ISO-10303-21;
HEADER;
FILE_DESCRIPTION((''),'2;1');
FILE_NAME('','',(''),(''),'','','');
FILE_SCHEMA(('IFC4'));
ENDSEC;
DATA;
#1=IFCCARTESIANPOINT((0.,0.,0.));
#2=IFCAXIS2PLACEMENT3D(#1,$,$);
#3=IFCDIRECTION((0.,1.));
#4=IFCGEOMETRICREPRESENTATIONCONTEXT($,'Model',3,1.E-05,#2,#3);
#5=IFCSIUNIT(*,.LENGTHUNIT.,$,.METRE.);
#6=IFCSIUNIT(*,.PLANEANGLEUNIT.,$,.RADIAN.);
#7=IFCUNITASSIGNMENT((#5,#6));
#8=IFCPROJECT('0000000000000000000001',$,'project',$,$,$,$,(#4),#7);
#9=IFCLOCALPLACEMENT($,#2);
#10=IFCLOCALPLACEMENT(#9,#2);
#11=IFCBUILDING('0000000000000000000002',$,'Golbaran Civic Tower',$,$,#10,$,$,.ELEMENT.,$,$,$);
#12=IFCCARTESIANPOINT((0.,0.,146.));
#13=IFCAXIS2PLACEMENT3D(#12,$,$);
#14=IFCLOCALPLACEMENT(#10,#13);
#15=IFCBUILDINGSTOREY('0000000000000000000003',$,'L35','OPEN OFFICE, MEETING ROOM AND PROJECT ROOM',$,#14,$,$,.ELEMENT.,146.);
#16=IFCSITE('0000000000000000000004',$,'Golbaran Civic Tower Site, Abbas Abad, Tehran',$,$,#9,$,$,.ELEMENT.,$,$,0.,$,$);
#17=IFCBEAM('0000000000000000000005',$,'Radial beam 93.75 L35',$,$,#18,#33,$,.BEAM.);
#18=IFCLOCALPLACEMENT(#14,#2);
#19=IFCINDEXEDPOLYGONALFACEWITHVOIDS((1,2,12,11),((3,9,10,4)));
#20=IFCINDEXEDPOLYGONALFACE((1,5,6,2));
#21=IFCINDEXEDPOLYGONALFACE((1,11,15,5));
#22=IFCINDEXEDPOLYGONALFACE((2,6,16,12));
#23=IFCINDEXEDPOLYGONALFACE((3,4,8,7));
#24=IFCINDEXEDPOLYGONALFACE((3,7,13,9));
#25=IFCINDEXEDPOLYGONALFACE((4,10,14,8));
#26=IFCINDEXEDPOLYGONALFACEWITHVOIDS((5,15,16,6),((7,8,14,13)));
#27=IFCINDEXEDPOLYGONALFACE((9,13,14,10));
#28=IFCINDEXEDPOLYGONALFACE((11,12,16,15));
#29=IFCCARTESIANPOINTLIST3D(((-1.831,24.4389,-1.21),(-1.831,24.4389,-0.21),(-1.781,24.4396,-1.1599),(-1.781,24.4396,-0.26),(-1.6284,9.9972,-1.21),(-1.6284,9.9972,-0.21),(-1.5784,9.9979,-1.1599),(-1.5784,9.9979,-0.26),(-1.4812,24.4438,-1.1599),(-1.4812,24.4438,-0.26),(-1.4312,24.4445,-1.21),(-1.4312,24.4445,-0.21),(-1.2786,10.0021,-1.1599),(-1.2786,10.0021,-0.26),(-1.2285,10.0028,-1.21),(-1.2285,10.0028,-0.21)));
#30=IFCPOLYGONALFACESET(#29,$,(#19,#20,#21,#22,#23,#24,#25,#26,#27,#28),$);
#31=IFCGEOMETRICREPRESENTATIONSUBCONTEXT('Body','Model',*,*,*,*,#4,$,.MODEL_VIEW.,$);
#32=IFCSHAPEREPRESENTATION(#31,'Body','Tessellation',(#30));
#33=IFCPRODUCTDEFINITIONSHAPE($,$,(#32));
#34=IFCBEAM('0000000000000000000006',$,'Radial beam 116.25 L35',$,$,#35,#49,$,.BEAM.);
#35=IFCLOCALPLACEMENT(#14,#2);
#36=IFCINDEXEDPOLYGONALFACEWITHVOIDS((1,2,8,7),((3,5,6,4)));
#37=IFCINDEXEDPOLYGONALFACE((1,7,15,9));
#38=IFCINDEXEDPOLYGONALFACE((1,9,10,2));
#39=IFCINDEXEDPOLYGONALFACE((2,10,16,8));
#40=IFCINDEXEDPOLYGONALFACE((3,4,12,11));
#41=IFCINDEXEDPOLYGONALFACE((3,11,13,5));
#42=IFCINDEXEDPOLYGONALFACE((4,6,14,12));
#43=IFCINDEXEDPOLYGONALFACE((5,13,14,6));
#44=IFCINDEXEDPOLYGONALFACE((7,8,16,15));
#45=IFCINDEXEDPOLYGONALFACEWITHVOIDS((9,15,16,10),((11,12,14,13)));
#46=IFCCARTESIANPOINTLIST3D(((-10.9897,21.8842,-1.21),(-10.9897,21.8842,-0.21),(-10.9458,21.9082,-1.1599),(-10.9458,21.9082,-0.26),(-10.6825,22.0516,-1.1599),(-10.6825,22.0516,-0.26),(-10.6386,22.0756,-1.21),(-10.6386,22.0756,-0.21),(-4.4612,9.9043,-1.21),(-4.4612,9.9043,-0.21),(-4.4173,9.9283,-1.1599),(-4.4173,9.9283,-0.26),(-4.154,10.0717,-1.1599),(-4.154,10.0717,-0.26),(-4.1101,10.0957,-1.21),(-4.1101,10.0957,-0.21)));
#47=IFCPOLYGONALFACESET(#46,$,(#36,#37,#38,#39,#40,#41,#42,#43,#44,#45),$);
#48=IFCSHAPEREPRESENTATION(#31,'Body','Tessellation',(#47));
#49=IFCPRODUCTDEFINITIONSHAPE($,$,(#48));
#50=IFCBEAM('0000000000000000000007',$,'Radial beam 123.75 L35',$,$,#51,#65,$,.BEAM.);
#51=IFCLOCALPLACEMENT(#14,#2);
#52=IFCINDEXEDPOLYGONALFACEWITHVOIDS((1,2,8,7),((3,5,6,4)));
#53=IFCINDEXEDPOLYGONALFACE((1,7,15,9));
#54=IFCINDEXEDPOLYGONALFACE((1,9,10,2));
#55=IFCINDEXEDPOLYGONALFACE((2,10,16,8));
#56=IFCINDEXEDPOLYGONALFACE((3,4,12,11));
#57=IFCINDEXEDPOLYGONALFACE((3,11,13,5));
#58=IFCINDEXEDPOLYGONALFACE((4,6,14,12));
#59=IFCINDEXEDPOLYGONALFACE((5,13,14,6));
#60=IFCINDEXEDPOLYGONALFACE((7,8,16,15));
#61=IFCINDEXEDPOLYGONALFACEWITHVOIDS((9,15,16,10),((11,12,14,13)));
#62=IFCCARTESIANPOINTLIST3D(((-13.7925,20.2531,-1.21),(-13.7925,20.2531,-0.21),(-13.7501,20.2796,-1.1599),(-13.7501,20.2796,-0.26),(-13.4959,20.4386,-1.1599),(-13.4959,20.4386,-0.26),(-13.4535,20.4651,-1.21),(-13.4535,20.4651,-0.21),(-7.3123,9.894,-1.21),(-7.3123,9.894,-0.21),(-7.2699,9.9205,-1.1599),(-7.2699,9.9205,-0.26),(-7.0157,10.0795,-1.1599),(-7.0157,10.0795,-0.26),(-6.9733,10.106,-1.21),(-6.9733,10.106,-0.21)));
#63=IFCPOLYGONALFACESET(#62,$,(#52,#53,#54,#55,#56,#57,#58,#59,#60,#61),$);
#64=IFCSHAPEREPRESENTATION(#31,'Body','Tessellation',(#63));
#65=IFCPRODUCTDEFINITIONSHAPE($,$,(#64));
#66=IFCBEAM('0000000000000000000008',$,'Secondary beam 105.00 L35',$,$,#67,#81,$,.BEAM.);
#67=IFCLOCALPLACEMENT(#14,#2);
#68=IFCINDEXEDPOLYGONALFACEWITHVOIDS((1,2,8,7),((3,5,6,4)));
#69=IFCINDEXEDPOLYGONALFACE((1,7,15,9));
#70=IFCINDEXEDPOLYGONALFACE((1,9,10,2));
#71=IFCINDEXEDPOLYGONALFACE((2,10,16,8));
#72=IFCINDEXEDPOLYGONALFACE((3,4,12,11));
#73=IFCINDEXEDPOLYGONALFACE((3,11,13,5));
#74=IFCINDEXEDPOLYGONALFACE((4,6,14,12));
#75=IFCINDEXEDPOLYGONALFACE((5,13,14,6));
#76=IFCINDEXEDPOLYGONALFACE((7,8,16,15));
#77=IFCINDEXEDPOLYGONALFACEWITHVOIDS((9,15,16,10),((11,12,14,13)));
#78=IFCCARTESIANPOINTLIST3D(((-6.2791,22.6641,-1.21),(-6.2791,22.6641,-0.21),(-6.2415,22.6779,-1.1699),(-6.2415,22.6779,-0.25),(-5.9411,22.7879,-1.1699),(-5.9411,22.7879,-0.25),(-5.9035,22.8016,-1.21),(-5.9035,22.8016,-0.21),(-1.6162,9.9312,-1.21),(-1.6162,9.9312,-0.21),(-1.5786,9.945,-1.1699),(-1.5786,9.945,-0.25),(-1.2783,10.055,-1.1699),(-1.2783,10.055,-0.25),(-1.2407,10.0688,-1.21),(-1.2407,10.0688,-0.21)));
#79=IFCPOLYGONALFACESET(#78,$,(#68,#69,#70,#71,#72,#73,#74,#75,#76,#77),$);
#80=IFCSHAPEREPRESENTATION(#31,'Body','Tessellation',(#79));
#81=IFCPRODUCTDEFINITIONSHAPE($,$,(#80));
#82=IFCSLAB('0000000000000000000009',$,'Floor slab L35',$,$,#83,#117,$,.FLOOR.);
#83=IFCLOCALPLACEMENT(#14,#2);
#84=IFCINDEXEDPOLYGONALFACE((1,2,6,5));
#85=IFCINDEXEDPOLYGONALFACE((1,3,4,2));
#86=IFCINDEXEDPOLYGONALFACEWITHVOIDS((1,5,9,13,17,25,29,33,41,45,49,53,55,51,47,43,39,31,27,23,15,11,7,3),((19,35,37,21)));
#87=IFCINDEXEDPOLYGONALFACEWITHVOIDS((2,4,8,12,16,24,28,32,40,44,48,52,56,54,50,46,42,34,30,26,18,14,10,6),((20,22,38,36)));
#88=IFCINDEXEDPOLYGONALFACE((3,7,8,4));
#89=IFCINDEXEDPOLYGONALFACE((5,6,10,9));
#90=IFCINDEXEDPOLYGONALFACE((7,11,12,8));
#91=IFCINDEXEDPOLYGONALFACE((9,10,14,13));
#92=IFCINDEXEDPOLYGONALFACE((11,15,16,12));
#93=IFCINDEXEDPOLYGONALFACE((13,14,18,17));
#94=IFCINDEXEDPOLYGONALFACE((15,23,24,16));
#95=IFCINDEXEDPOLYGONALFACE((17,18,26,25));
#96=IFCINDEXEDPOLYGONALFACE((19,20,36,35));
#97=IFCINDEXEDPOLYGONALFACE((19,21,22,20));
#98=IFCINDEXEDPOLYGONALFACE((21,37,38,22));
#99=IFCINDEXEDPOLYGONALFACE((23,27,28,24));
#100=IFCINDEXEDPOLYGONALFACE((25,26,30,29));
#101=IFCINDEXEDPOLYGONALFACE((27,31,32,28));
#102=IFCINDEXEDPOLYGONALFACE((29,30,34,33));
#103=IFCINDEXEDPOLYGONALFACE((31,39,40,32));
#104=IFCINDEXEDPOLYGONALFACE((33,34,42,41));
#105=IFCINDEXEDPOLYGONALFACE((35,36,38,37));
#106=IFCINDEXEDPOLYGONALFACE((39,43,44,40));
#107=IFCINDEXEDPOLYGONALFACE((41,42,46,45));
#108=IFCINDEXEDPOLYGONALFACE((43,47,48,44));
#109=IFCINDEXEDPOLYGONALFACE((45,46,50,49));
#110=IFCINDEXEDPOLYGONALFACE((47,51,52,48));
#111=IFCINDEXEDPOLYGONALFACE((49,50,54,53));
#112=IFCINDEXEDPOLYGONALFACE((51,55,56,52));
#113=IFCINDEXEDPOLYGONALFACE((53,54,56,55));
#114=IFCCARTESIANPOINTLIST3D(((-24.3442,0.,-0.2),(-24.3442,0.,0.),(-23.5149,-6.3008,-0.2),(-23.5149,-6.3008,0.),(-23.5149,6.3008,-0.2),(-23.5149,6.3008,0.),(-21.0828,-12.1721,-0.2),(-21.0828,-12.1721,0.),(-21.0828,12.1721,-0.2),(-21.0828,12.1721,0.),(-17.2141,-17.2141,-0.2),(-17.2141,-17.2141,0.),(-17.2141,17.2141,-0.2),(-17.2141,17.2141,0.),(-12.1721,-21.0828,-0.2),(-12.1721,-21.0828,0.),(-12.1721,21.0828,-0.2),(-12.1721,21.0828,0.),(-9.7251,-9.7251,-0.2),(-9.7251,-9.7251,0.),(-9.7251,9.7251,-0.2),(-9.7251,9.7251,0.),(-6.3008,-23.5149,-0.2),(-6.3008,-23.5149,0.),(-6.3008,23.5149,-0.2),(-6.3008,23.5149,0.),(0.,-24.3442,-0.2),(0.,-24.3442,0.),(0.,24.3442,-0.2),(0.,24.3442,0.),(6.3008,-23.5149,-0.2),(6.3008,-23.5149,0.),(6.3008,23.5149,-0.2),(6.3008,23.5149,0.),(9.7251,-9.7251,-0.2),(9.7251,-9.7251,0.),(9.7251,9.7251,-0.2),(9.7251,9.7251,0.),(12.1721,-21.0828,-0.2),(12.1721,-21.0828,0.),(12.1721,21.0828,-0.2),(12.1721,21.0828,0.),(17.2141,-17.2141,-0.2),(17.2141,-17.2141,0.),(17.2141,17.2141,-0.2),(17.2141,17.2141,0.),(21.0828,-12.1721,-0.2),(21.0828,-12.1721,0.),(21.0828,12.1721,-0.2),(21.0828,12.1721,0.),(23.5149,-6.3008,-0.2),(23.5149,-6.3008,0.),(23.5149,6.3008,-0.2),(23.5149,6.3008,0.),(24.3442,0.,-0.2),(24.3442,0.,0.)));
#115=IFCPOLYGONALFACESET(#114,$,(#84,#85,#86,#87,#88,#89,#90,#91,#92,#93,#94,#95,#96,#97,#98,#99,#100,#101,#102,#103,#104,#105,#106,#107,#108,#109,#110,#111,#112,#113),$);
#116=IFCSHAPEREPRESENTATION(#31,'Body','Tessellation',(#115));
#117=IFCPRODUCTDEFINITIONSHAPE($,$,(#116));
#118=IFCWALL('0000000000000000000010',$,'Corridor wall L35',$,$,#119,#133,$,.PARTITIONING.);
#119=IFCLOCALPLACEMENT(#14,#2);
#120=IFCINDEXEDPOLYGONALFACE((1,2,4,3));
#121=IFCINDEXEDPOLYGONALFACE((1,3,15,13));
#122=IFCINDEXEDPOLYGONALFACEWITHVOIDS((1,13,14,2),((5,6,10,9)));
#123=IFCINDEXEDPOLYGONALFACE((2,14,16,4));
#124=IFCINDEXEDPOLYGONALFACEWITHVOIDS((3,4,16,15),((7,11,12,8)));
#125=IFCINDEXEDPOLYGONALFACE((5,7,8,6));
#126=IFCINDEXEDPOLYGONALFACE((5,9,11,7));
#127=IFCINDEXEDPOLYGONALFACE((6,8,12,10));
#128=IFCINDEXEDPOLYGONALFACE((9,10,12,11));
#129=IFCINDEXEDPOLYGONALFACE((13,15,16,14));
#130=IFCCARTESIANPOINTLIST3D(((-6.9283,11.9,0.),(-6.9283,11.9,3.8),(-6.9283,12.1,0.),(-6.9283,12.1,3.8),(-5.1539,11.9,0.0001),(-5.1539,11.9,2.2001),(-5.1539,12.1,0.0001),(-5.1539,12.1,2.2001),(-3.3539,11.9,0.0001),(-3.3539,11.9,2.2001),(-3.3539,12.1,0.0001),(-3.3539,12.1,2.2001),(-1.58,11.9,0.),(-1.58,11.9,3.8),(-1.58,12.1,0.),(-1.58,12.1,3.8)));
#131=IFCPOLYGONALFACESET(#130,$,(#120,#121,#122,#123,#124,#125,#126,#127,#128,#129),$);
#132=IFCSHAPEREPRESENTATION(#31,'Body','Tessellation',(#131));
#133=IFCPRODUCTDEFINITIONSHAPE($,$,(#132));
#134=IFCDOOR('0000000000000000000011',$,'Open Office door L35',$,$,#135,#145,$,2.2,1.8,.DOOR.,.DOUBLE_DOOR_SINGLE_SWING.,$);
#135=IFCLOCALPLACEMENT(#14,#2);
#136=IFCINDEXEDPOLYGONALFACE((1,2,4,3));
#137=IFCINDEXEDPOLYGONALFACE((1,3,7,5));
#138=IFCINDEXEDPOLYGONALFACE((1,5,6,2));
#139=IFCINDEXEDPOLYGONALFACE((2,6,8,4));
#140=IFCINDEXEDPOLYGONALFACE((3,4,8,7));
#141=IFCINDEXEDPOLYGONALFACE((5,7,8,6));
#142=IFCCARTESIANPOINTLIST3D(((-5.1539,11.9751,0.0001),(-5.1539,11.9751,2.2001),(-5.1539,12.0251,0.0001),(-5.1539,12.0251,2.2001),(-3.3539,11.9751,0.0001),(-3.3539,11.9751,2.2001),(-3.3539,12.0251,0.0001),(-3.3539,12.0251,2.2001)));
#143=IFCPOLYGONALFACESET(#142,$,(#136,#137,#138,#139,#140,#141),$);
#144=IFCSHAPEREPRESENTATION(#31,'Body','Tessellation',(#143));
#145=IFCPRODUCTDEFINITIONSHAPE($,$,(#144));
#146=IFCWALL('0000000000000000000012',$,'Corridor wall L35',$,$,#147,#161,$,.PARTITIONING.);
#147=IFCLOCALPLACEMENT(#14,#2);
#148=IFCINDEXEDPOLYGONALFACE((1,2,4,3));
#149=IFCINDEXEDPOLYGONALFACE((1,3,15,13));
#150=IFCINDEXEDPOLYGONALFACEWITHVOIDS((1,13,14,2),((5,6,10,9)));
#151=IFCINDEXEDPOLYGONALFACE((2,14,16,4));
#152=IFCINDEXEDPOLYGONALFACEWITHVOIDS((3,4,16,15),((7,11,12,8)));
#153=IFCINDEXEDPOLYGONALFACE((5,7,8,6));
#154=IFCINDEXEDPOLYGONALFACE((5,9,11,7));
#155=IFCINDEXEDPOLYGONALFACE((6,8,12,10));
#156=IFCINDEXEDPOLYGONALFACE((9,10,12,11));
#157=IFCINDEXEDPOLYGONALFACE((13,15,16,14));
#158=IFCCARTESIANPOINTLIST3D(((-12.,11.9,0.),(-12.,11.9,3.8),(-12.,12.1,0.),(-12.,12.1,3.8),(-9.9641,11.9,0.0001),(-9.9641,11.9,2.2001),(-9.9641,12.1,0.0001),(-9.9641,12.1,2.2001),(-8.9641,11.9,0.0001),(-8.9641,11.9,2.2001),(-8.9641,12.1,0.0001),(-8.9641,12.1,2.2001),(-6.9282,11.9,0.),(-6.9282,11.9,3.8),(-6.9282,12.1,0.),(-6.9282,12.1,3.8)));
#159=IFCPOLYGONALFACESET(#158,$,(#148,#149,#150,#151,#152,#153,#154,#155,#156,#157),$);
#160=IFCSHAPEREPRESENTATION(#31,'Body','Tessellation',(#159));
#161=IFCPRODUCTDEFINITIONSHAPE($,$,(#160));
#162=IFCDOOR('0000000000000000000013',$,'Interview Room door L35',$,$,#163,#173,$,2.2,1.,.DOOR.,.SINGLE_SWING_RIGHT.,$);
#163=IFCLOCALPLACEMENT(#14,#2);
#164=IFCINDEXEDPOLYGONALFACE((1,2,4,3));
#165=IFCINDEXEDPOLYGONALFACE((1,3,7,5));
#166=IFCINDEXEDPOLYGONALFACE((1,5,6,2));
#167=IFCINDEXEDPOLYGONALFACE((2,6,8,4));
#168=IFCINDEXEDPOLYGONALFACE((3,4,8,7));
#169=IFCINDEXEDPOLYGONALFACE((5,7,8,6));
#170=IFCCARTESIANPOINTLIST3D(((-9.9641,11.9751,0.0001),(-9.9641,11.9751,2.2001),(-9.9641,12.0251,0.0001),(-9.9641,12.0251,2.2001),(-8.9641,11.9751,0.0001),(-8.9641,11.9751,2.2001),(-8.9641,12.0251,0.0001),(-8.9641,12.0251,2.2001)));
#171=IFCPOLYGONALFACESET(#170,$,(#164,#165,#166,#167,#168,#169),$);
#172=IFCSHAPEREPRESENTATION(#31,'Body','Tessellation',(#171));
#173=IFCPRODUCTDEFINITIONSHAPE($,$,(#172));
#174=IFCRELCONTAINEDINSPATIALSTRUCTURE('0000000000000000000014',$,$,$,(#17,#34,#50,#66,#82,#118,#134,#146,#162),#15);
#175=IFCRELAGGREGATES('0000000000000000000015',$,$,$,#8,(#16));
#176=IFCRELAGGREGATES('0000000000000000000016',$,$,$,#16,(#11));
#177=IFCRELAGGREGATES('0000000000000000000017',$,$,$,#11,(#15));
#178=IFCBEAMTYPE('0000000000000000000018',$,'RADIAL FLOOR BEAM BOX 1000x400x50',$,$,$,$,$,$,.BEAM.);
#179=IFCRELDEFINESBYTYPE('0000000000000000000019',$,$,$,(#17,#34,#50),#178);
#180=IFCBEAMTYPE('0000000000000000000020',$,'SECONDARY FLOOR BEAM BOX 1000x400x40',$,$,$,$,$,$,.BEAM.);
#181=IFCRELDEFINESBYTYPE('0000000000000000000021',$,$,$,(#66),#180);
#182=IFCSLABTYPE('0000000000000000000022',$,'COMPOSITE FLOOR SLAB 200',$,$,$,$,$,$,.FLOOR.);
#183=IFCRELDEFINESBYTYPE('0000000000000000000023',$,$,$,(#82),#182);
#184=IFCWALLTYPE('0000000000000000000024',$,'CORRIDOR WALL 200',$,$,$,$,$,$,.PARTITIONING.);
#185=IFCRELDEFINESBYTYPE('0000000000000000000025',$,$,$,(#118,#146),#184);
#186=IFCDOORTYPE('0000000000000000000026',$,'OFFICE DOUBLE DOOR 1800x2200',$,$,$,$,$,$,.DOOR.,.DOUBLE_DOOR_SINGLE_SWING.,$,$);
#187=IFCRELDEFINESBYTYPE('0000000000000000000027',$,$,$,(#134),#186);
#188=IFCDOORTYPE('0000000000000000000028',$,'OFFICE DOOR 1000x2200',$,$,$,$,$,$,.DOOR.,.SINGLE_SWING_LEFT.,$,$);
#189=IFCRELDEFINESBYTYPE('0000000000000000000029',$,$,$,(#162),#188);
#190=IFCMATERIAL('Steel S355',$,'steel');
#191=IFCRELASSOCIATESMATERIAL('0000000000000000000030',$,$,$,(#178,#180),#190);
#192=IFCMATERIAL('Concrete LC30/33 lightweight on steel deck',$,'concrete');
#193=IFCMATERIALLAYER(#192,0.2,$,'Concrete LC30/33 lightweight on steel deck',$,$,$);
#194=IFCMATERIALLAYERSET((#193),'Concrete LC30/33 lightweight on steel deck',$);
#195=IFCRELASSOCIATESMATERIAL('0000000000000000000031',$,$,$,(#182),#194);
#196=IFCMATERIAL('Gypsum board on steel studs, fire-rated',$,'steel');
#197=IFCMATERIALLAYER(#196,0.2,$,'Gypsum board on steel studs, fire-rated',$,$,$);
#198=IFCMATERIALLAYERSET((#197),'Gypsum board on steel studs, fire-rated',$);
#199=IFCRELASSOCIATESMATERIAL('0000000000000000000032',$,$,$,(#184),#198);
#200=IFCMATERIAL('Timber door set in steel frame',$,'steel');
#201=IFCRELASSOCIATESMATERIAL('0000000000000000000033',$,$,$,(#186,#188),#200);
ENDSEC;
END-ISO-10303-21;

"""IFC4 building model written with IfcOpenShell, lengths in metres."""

from ifc_helpers import new_model, si_unit, direction, frame, frame_2d, origin, origin_2d, place, context, subcontext, project, spatial, polyline, rectangle, hollow_rectangle, outline, extrude, material, layer, layer_set, material_profile, profile_set, type_object, element, fill, save


model = new_model("IFC4")

# Units and contexts
model_context = context("Model", 3, precision=1e-05, world=origin(), true_north=direction((0.0, 1.0)))
body_context = subcontext(model_context, "Body", "Model", "MODEL_VIEW")
ifc_project = project(units=[si_unit("LENGTHUNIT", "METRE"), si_unit("PLANEANGLEUNIT", "RADIAN")], contexts=[model_context])

# Site, building, storey
site_placement = place(None, origin())
site = spatial("IfcSite", under=ifc_project, at=site_placement, Name="Golbaran Civic Tower Site, Abbas Abad, Tehran", CompositionType="ELEMENT", RefElevation=0.0)
building_placement = place(site_placement, origin())
building = spatial("IfcBuilding", under=site, at=building_placement, Name="Golbaran Civic Tower", CompositionType="ELEMENT")
storey_placement = place(building_placement, frame((0.0, 0.0, 146.0)))
storey = spatial("IfcBuildingStorey", under=building, at=storey_placement, Name="L35", Description="OPEN OFFICE, MEETING ROOM AND PROJECT ROOM", CompositionType="ELEMENT", Elevation=146.0)

# Beams
ifc_material_1 = material(Name="Steel S355", Category="steel")
ifc_material_profile_1 = material_profile(ifc_material_1, hollow_rectangle(XDim=0.3999, YDim=1.0, WallThickness=0.05, at=origin_2d()), Name="BOX 1000x400x50")
ifc_profile_set_1 = profile_set([ifc_material_profile_1], Name="Steel S355")
beam_type_1 = type_object("IfcBeamType", Name="RADIAL FLOOR BEAM BOX 1000x400x50", PredefinedType="BEAM", material=ifc_profile_set_1)
beam_1_placement = place(storey_placement, frame((-1.4285, 10.0, -0.71), z_axis=(-0.01403, 0.999902, 0.0), x_axis=(-0.999902, -0.01403, 0.0)))
element("IfcBeam", 1, at=beam_1_placement, inside=storey, type_object=beam_type_1, Name="Radial beam 93.75 L35", PredefinedType="BEAM", context=body_context, shape_type="SweptSolid", body=[
    extrude(hollow_rectangle(XDim=0.3999, YDim=1.0, WallThickness=0.05, at=origin_2d()), origin(), (0.0, 0.0, 1.0), 14.4431),
])
beam_2_placement = place(storey_placement, frame((-4.2856, 10.0, -0.71), z_axis=(-0.478515, 0.878079, 0.0), x_axis=(-0.878079, -0.478515, 0.0)))
element("IfcBeam", 2, at=beam_2_placement, inside=storey, type_object=beam_type_1, Name="Radial beam 116.25 L35", PredefinedType="BEAM", context=body_context, shape_type="SweptSolid", body=[
    extrude(hollow_rectangle(XDim=0.3999, YDim=1.0, WallThickness=0.05, at=origin_2d()), origin(), (0.0, 0.0, 1.0), 13.6433),
])
beam_3_placement = place(storey_placement, frame((-7.1428, 10.0, -0.71), z_axis=(-0.530338, 0.847786, 0.0), x_axis=(-0.847786, -0.530338, 0.0)))
element("IfcBeam", 3, at=beam_3_placement, inside=storey, type_object=beam_type_1, Name="Radial beam 123.75 L35", PredefinedType="BEAM", context=body_context, shape_type="SweptSolid", body=[
    extrude(hollow_rectangle(XDim=0.3999, YDim=1.0, WallThickness=0.05, at=origin_2d()), origin(), (0.0, 0.0, 1.0), 12.219),
])
ifc_material_profile_2 = material_profile(ifc_material_1, hollow_rectangle(XDim=0.3999, YDim=1.0, WallThickness=0.04, at=origin_2d()), Name="BOX 1000x400x40")
ifc_profile_set_2 = profile_set([ifc_material_profile_2], Name="Steel S355")
beam_type_2 = type_object("IfcBeamType", Name="SECONDARY FLOOR BEAM BOX 1000x400x40", PredefinedType="BEAM", material=ifc_profile_set_2)
beam_4_placement = place(storey_placement, frame((-1.4285, 10.0, -0.71), z_axis=(-0.343872, 0.939017, 0.0), x_axis=(-0.939017, -0.343872, 0.0)))
element("IfcBeam", 4, at=beam_4_placement, inside=storey, type_object=beam_type_2, Name="Secondary beam 105.00 L35", PredefinedType="BEAM", context=body_context, shape_type="SweptSolid", body=[
    extrude(hollow_rectangle(XDim=0.3999, YDim=1.0, WallThickness=0.04, at=origin_2d()), origin(), (0.0, 0.0, 1.0), 13.5598),
])

# Slab
ifc_material_2 = material(Name="Concrete LC30/33 lightweight on steel deck", Category="concrete")
ifc_layer_1 = layer(ifc_material_2, 0.2, Name="Concrete LC30/33 lightweight on steel deck")
ifc_layer_set_1 = layer_set([ifc_layer_1], Name="Concrete LC30/33 lightweight on steel deck")
slab_type = type_object("IfcSlabType", Name="COMPOSITE FLOOR SLAB 200", PredefinedType="FLOOR", material=ifc_layer_set_1)
slab_placement = place(storey_placement, frame((0.0, 0.0, -0.2)))
element("IfcSlab", 5, at=slab_placement, inside=storey, type_object=slab_type, Name="Floor slab L35", PredefinedType="FLOOR", context=body_context, shape_type="SweptSolid", body=[
    extrude(outline(polyline([(21.0828, -12.1721), (17.2141, -17.2141), (12.1721, -21.0828), (6.3008, -23.5149), (0.0, -24.3442), (-6.3008, -23.5149), (-12.1721, -21.0828), (-17.2141, -17.2141), (-21.0828, -12.1721), (-23.5149, -6.3008), (-24.3442, 0.0), (-23.5149, 6.3008), (-21.0828, 12.1721), (-17.2141, 17.2141), (-12.1721, 21.0828), (-6.3008, 23.5149), (0.0, 24.3442), (6.3008, 23.5149), (12.1721, 21.0828), (17.2141, 17.2141), (21.0828, 12.1721), (23.5149, 6.3008), (24.3442, 0.0), (23.5149, -6.3008), (21.0828, -12.1721)]), holes=[polyline([(-9.7251, 9.7251), (-9.7251, -9.7251), (9.7251, -9.7251), (9.7251, 9.7251), (-9.7251, 9.7251)])]), origin(), (0.0, 0.0, 1.0), 0.2),
])

# Walls, openings, doors
ifc_material_3 = material(Name="Gypsum board on steel studs, fire-rated", Category="steel")
ifc_layer_2 = layer(ifc_material_3, 0.2, Name="Gypsum board on steel studs, fire-rated")
ifc_layer_set_2 = layer_set([ifc_layer_2], Name="Gypsum board on steel studs, fire-rated")
wall_type_1 = type_object("IfcWallType", Name="CORRIDOR WALL 200", PredefinedType="PARTITIONING", material=ifc_layer_set_2)
wall_1_placement = place(storey_placement, frame((-1.5798, 12.0, 0.0), z_axis=(0.0, 0.0, 1.0), x_axis=(-1.0, 0.0, 0.0)))
wall_1 = element("IfcWall", 6, at=wall_1_placement, inside=storey, type_object=wall_type_1, Name="Corridor wall L35", PredefinedType="PARTITIONING", context=body_context, shape_type="SweptSolid", body=[
    extrude(rectangle(XDim=5.3484, YDim=0.2, at=frame_2d((2.6743, 0.0))), origin(), (0.0, 0.0, 1.0), 3.8),
])
opening_1_placement = place(wall_1_placement, frame((1.7742, 0.0, 0.0)))
opening_1 = element("IfcOpeningElement", 7, at=opening_1_placement, cuts=wall_1, PredefinedType="OPENING", context=body_context, shape_type="SweptSolid", body=[
    extrude(rectangle(XDim=1.8, YDim=2.2, at=frame_2d((0.8999, 1.1001))), frame((0.0, 0.1099, 0.0), z_axis=(0.0, -1.0, 0.0), x_axis=(1.0, 0.0, 0.0)), (0.0, 0.0, 1.0), 0.22),
])
ifc_material_4 = material(Name="Timber door set in steel frame", Category="steel")
door_type_1 = type_object("IfcDoorType", Name="OFFICE DOUBLE DOOR 1800x2200", OperationType="DOUBLE_DOOR_SINGLE_SWING", PredefinedType="DOOR", material=ifc_material_4)
door_1_placement = place(opening_1_placement, origin())
door_1 = element("IfcDoor", 8, at=door_1_placement, inside=storey, type_object=door_type_1, Name="Open Office door L35", OperationType="DOUBLE_DOOR_SINGLE_SWING", OverallHeight=2.2, OverallWidth=1.8, PredefinedType="DOOR", context=body_context, shape_type="SweptSolid", body=[
    extrude(rectangle(XDim=1.8, YDim=2.2, at=frame_2d((0.8999, 1.1001))), frame((0.0, 0.0249, 0.0), z_axis=(0.0, -1.0, 0.0), x_axis=(1.0, 0.0, 0.0)), (0.0, 0.0, 1.0), 0.05),
])
fill(opening_1, door_1)
wall_2_placement = place(storey_placement, frame((-6.9282, 12.0, 0.0), z_axis=(0.0, 0.0, 1.0), x_axis=(-1.0, 0.0, 0.0)))
wall_2 = element("IfcWall", 9, at=wall_2_placement, inside=storey, type_object=wall_type_1, Name="Corridor wall L35", PredefinedType="PARTITIONING", context=body_context, shape_type="SweptSolid", body=[
    extrude(rectangle(XDim=5.0718, YDim=0.2, at=frame_2d((2.5359, 0.0))), origin(), (0.0, 0.0, 1.0), 3.8),
])
opening_2_placement = place(wall_2_placement, frame((2.0359, 0.0, 0.0)))
opening_2 = element("IfcOpeningElement", 10, at=opening_2_placement, cuts=wall_2, PredefinedType="OPENING", context=body_context, shape_type="SweptSolid", body=[
    extrude(rectangle(XDim=1.0, YDim=2.2, at=frame_2d((0.5, 1.1001))), frame((0.0, 0.1099, 0.0), z_axis=(0.0, -1.0, 0.0), x_axis=(1.0, 0.0, 0.0)), (0.0, 0.0, 1.0), 0.22),
])
door_type_2 = type_object("IfcDoorType", Name="OFFICE DOOR 1000x2200", OperationType="SINGLE_SWING_LEFT", PredefinedType="DOOR", material=ifc_material_4)
door_2_placement = place(opening_2_placement, origin())
door_2 = element("IfcDoor", 11, at=door_2_placement, inside=storey, type_object=door_type_2, Name="Interview Room door L35", OperationType="SINGLE_SWING_RIGHT", OverallHeight=2.2, OverallWidth=1.0, PredefinedType="DOOR", context=body_context, shape_type="SweptSolid", body=[
    extrude(rectangle(XDim=1.0, YDim=2.2, at=frame_2d((0.5, 1.1001))), frame((0.0, 0.0249, 0.0), z_axis=(0.0, -1.0, 0.0), x_axis=(1.0, 0.0, 0.0)), (0.0, 0.0, 1.0), 0.05),
])
fill(opening_2, door_2)

save(model, "model.ifc")
